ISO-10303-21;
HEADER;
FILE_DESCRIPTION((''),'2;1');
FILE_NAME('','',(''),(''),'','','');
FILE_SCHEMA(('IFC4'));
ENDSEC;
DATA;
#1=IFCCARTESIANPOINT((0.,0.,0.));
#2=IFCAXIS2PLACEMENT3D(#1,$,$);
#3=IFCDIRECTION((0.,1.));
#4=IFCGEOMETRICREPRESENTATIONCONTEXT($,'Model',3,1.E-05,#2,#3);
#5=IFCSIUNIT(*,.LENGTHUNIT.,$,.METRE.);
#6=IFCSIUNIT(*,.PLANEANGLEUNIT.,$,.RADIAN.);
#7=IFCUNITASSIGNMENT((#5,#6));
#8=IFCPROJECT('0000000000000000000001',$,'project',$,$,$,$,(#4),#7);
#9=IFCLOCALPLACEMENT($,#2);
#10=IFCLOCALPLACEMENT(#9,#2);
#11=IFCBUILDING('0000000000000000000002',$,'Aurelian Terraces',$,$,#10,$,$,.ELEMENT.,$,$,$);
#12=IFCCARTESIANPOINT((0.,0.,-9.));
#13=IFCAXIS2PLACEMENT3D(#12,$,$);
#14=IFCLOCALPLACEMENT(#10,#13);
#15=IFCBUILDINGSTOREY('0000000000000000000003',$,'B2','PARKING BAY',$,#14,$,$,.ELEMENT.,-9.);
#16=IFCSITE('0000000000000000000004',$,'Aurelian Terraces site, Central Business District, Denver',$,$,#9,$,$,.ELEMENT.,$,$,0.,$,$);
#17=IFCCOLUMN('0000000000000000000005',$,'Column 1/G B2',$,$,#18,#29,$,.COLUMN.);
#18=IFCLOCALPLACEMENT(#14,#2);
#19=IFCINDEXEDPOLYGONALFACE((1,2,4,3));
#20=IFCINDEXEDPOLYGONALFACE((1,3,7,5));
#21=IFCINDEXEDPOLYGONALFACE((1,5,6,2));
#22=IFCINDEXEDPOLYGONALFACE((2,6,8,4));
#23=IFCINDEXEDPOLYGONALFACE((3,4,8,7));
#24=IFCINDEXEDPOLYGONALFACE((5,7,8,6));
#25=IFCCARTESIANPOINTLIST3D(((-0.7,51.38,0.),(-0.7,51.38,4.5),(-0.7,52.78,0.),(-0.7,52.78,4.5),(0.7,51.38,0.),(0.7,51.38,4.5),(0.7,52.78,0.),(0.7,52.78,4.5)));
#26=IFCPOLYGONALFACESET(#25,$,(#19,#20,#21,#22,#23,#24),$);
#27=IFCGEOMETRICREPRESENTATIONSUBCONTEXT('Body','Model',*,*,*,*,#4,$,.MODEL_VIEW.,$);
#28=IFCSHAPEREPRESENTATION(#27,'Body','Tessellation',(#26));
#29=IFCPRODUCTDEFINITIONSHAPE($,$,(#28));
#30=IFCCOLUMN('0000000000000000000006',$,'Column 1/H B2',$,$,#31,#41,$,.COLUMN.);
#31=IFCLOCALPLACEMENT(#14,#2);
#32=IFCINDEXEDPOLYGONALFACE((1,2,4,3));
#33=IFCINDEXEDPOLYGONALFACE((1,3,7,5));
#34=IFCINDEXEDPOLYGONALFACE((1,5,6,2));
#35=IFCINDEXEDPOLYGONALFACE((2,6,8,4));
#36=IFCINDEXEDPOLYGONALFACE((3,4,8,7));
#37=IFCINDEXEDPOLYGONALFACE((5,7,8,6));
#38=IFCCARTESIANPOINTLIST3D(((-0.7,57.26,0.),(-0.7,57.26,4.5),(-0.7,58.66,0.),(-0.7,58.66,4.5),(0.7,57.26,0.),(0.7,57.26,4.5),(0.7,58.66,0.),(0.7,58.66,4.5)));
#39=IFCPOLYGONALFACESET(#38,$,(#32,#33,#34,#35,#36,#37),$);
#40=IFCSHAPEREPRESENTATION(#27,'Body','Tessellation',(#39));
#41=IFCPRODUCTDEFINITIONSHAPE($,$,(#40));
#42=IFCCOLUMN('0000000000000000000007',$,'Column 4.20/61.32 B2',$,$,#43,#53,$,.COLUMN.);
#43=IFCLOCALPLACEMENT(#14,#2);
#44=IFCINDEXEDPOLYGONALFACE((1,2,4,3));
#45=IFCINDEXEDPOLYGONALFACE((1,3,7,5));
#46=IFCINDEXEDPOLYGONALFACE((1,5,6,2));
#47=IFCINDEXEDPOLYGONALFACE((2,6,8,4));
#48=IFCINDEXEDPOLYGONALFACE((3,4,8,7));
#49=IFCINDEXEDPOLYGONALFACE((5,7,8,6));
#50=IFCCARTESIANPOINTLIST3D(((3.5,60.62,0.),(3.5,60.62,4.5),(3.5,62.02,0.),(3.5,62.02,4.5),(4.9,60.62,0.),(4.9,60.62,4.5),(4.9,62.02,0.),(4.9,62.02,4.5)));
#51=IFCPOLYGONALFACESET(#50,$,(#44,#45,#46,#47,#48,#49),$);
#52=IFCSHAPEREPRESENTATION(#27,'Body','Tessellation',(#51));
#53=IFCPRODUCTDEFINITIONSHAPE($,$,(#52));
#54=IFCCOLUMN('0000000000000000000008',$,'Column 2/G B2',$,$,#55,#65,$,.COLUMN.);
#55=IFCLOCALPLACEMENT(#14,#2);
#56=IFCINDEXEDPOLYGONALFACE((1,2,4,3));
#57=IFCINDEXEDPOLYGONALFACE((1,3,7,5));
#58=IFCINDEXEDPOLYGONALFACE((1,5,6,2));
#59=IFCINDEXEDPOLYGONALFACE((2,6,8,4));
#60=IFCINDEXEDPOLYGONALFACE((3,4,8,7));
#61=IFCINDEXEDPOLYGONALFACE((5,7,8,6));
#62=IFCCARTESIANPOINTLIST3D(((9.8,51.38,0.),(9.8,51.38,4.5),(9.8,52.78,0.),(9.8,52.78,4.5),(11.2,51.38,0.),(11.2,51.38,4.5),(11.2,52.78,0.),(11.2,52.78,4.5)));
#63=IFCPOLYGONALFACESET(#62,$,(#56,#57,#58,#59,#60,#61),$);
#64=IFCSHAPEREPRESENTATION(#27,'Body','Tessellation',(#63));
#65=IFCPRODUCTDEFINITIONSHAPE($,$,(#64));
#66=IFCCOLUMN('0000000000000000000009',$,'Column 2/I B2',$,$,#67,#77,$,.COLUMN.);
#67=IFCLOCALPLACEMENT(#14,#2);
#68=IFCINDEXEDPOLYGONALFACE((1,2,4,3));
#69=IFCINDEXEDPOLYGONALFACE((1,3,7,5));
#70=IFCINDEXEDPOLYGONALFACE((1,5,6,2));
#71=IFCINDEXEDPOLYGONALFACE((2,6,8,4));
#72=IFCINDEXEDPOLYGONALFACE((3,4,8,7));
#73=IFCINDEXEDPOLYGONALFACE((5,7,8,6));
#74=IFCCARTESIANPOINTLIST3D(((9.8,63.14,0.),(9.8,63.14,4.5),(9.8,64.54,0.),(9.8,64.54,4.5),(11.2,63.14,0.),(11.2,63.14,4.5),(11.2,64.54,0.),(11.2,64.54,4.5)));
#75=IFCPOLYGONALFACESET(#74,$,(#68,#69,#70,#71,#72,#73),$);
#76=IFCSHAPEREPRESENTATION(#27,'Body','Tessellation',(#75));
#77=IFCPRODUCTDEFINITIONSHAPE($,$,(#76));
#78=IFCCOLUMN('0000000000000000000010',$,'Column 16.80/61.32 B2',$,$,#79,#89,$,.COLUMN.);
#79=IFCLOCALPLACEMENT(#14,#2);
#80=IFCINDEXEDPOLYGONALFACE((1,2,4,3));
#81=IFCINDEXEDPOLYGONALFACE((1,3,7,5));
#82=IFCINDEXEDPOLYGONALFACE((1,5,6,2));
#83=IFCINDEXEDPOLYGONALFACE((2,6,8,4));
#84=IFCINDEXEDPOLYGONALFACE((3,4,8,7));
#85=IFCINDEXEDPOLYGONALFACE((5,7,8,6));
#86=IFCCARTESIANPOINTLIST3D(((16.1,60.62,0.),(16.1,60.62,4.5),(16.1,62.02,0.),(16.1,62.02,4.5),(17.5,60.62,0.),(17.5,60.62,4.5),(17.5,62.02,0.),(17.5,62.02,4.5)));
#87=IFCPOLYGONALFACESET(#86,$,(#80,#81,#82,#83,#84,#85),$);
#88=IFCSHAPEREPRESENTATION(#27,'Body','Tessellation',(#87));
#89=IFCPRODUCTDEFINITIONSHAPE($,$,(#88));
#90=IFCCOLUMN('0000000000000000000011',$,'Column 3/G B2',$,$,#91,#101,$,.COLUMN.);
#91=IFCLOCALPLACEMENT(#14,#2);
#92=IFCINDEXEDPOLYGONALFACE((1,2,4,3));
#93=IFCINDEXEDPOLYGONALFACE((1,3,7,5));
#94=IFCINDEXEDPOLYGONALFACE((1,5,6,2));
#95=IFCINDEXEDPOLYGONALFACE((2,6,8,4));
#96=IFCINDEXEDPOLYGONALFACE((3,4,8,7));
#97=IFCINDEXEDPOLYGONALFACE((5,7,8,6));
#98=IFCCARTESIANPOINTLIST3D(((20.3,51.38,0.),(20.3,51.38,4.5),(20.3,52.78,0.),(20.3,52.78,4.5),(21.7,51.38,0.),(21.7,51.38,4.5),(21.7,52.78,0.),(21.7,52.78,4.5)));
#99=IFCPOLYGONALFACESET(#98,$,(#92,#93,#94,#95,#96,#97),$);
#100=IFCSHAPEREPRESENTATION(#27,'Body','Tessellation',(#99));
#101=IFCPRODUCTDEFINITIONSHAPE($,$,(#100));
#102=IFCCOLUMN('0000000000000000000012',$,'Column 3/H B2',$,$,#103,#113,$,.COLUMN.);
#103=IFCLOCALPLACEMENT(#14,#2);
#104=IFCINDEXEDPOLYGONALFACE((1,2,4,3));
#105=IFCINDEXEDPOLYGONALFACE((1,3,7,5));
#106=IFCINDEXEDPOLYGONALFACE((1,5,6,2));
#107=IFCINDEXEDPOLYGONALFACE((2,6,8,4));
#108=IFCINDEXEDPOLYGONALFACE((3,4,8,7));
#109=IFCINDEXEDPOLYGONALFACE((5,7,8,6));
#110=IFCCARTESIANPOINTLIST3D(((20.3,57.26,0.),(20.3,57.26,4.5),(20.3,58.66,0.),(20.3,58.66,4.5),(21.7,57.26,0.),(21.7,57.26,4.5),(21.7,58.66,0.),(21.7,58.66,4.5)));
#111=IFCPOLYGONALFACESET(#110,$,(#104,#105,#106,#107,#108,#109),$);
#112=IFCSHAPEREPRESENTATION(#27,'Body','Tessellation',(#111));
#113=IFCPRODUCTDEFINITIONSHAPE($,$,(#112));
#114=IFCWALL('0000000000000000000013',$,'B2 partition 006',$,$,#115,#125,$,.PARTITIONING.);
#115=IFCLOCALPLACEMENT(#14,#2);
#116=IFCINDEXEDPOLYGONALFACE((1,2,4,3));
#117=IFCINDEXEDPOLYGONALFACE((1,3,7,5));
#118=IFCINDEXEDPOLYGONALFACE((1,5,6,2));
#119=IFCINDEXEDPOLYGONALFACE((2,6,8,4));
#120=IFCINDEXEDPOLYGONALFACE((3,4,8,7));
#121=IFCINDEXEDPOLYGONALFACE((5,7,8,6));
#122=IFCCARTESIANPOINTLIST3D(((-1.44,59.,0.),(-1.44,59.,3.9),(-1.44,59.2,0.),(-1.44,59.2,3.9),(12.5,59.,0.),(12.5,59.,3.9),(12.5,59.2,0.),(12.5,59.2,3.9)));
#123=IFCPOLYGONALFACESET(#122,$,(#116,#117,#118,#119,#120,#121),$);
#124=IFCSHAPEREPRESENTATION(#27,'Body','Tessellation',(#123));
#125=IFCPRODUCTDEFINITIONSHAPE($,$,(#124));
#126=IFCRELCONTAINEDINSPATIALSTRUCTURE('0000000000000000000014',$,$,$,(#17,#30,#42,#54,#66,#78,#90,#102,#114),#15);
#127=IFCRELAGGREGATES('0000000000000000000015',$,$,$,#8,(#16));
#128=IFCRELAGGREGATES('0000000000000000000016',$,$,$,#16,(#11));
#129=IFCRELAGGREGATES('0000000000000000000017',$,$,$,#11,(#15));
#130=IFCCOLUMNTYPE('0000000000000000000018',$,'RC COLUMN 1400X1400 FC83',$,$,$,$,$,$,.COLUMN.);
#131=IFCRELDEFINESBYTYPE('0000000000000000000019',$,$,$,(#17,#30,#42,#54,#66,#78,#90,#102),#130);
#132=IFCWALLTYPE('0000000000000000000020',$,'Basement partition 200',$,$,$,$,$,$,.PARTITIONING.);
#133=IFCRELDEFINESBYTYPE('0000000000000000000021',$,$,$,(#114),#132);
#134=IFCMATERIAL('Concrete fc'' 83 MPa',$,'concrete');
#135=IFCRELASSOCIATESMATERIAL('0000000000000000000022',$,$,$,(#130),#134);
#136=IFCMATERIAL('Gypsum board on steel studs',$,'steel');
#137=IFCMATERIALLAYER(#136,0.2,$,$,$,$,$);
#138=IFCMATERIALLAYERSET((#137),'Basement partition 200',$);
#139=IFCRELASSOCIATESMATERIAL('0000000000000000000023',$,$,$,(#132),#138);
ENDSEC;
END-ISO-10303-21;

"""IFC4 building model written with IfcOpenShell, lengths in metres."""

from ifc_helpers import new_model, si_unit, direction, frame, frame_2d, origin, origin_2d, place, context, subcontext, project, spatial, rectangle, extrude, source, transform, mapped, material, layer, layer_set, material_profile, profile_set, type_object, element, save


model = new_model("IFC4")

# Units and contexts
model_context = context("Model", 3, precision=1e-05, world=origin(), true_north=direction((0.0, 1.0)))
body_context = subcontext(model_context, "Body", "Model", "MODEL_VIEW")
ifc_project = project(units=[si_unit("LENGTHUNIT", "METRE"), si_unit("PLANEANGLEUNIT", "RADIAN")], contexts=[model_context])

# Site, building, storey
site_placement = place(None, origin())
site = spatial("IfcSite", under=ifc_project, at=site_placement, Name="Aurelian Terraces site, Central Business District, Denver", CompositionType="ELEMENT", RefElevation=0.0)
building_placement = place(site_placement, origin())
building = spatial("IfcBuilding", under=site, at=building_placement, Name="Aurelian Terraces", CompositionType="ELEMENT")
storey_placement = place(building_placement, frame((0.0, 0.0, -9.0)))
storey = spatial("IfcBuildingStorey", under=building, at=storey_placement, Name="B2", Description="PARKING BAY", CompositionType="ELEMENT", Elevation=-9.0)

# Columns
ifc_material_1 = material(Name="Concrete fc' 83 MPa", Category="concrete")
ifc_material_profile = material_profile(ifc_material_1, rectangle(XDim=1.4, YDim=1.4, at=origin_2d()))
ifc_profile_set = profile_set([ifc_material_profile], Name="Concrete fc' 83 MPa")
column_type = type_object("IfcColumnType", Name="RC COLUMN 1400X1400 FC83", PredefinedType="COLUMN", material=ifc_profile_set)
shared_shape_1 = source(origin(), body_context, "Body", "SweptSolid", [
    extrude(rectangle(XDim=1.4, YDim=1.4, at=origin_2d()), origin(), (0.0, 0.0, 1.0), 4.5),
])
for number, where, z_axis, x_axis, name in (
    (1, (0.0, 52.08, 0.0), (0.0, 0.0, 1.0), (1.0, 0.0, 0.0), "Column 1/G B2"),
    (2, (0.0, 57.96, 0.0), (0.0, 0.0, 1.0), (1.0, 0.0, 0.0), "Column 1/H B2"),
    (3, (4.2, 61.32, 0.0), (0.0, 0.0, 1.0), (1.0, 0.0, 0.0), "Column 4.20/61.32 B2"),
    (4, (10.5, 52.08, 0.0), (0.0, 0.0, 1.0), (1.0, 0.0, 0.0), "Column 2/G B2"),
    (5, (10.5, 63.84, 0.0), (0.0, 0.0, 1.0), (1.0, 0.0, 0.0), "Column 2/I B2"),
    (6, (16.8, 61.32, 0.0), (0.0, 0.0, 1.0), (1.0, 0.0, 0.0), "Column 16.80/61.32 B2"),
    (7, (21.0, 52.08, 0.0), (0.0, 0.0, 1.0), (1.0, 0.0, 0.0), "Column 3/G B2"),
    (8, (21.0, 57.96, 0.0), (0.0, 0.0, 1.0), (1.0, 0.0, 0.0), "Column 3/H B2"),
):
    element("IfcColumn", number, at=place(storey_placement, frame(where, z_axis=z_axis, x_axis=x_axis)), inside=storey, type_object=column_type, Name=name, PredefinedType="COLUMN", context=body_context, shape_type="MappedRepresentation", body=[
        mapped(shared_shape_1, transform((0.0, 0.0, 0.0), scale=1.0)),
    ])

# Wall
ifc_material_2 = material(Name="Gypsum board on steel studs", Category="steel")
ifc_layer = layer(ifc_material_2, 0.2)
ifc_layer_set = layer_set([ifc_layer], Name="Basement partition 200")
wall_type = type_object("IfcWallType", Name="Basement partition 200", PredefinedType="PARTITIONING", material=ifc_layer_set)
shared_shape_2 = source(origin(), body_context, "Body", "SweptSolid", [
    extrude(rectangle(XDim=13.94, YDim=0.2, at=frame_2d((6.97, 0.0))), origin(), (0.0, 0.0, 1.0), 3.9),
])
wall_1_placement = place(storey_placement, frame((-1.44, 59.1, 0.0), z_axis=(0.0, 0.0, 1.0), x_axis=(1.0, 0.0, 0.0)))
element("IfcWall", 9, at=wall_1_placement, inside=storey, type_object=wall_type, Name="B2 partition 006", PredefinedType="PARTITIONING", context=body_context, shape_type="MappedRepresentation", body=[
    mapped(shared_shape_2, transform((0.0, 0.0, 0.0), scale=1.0)),
])

save(model, "model.ifc")
